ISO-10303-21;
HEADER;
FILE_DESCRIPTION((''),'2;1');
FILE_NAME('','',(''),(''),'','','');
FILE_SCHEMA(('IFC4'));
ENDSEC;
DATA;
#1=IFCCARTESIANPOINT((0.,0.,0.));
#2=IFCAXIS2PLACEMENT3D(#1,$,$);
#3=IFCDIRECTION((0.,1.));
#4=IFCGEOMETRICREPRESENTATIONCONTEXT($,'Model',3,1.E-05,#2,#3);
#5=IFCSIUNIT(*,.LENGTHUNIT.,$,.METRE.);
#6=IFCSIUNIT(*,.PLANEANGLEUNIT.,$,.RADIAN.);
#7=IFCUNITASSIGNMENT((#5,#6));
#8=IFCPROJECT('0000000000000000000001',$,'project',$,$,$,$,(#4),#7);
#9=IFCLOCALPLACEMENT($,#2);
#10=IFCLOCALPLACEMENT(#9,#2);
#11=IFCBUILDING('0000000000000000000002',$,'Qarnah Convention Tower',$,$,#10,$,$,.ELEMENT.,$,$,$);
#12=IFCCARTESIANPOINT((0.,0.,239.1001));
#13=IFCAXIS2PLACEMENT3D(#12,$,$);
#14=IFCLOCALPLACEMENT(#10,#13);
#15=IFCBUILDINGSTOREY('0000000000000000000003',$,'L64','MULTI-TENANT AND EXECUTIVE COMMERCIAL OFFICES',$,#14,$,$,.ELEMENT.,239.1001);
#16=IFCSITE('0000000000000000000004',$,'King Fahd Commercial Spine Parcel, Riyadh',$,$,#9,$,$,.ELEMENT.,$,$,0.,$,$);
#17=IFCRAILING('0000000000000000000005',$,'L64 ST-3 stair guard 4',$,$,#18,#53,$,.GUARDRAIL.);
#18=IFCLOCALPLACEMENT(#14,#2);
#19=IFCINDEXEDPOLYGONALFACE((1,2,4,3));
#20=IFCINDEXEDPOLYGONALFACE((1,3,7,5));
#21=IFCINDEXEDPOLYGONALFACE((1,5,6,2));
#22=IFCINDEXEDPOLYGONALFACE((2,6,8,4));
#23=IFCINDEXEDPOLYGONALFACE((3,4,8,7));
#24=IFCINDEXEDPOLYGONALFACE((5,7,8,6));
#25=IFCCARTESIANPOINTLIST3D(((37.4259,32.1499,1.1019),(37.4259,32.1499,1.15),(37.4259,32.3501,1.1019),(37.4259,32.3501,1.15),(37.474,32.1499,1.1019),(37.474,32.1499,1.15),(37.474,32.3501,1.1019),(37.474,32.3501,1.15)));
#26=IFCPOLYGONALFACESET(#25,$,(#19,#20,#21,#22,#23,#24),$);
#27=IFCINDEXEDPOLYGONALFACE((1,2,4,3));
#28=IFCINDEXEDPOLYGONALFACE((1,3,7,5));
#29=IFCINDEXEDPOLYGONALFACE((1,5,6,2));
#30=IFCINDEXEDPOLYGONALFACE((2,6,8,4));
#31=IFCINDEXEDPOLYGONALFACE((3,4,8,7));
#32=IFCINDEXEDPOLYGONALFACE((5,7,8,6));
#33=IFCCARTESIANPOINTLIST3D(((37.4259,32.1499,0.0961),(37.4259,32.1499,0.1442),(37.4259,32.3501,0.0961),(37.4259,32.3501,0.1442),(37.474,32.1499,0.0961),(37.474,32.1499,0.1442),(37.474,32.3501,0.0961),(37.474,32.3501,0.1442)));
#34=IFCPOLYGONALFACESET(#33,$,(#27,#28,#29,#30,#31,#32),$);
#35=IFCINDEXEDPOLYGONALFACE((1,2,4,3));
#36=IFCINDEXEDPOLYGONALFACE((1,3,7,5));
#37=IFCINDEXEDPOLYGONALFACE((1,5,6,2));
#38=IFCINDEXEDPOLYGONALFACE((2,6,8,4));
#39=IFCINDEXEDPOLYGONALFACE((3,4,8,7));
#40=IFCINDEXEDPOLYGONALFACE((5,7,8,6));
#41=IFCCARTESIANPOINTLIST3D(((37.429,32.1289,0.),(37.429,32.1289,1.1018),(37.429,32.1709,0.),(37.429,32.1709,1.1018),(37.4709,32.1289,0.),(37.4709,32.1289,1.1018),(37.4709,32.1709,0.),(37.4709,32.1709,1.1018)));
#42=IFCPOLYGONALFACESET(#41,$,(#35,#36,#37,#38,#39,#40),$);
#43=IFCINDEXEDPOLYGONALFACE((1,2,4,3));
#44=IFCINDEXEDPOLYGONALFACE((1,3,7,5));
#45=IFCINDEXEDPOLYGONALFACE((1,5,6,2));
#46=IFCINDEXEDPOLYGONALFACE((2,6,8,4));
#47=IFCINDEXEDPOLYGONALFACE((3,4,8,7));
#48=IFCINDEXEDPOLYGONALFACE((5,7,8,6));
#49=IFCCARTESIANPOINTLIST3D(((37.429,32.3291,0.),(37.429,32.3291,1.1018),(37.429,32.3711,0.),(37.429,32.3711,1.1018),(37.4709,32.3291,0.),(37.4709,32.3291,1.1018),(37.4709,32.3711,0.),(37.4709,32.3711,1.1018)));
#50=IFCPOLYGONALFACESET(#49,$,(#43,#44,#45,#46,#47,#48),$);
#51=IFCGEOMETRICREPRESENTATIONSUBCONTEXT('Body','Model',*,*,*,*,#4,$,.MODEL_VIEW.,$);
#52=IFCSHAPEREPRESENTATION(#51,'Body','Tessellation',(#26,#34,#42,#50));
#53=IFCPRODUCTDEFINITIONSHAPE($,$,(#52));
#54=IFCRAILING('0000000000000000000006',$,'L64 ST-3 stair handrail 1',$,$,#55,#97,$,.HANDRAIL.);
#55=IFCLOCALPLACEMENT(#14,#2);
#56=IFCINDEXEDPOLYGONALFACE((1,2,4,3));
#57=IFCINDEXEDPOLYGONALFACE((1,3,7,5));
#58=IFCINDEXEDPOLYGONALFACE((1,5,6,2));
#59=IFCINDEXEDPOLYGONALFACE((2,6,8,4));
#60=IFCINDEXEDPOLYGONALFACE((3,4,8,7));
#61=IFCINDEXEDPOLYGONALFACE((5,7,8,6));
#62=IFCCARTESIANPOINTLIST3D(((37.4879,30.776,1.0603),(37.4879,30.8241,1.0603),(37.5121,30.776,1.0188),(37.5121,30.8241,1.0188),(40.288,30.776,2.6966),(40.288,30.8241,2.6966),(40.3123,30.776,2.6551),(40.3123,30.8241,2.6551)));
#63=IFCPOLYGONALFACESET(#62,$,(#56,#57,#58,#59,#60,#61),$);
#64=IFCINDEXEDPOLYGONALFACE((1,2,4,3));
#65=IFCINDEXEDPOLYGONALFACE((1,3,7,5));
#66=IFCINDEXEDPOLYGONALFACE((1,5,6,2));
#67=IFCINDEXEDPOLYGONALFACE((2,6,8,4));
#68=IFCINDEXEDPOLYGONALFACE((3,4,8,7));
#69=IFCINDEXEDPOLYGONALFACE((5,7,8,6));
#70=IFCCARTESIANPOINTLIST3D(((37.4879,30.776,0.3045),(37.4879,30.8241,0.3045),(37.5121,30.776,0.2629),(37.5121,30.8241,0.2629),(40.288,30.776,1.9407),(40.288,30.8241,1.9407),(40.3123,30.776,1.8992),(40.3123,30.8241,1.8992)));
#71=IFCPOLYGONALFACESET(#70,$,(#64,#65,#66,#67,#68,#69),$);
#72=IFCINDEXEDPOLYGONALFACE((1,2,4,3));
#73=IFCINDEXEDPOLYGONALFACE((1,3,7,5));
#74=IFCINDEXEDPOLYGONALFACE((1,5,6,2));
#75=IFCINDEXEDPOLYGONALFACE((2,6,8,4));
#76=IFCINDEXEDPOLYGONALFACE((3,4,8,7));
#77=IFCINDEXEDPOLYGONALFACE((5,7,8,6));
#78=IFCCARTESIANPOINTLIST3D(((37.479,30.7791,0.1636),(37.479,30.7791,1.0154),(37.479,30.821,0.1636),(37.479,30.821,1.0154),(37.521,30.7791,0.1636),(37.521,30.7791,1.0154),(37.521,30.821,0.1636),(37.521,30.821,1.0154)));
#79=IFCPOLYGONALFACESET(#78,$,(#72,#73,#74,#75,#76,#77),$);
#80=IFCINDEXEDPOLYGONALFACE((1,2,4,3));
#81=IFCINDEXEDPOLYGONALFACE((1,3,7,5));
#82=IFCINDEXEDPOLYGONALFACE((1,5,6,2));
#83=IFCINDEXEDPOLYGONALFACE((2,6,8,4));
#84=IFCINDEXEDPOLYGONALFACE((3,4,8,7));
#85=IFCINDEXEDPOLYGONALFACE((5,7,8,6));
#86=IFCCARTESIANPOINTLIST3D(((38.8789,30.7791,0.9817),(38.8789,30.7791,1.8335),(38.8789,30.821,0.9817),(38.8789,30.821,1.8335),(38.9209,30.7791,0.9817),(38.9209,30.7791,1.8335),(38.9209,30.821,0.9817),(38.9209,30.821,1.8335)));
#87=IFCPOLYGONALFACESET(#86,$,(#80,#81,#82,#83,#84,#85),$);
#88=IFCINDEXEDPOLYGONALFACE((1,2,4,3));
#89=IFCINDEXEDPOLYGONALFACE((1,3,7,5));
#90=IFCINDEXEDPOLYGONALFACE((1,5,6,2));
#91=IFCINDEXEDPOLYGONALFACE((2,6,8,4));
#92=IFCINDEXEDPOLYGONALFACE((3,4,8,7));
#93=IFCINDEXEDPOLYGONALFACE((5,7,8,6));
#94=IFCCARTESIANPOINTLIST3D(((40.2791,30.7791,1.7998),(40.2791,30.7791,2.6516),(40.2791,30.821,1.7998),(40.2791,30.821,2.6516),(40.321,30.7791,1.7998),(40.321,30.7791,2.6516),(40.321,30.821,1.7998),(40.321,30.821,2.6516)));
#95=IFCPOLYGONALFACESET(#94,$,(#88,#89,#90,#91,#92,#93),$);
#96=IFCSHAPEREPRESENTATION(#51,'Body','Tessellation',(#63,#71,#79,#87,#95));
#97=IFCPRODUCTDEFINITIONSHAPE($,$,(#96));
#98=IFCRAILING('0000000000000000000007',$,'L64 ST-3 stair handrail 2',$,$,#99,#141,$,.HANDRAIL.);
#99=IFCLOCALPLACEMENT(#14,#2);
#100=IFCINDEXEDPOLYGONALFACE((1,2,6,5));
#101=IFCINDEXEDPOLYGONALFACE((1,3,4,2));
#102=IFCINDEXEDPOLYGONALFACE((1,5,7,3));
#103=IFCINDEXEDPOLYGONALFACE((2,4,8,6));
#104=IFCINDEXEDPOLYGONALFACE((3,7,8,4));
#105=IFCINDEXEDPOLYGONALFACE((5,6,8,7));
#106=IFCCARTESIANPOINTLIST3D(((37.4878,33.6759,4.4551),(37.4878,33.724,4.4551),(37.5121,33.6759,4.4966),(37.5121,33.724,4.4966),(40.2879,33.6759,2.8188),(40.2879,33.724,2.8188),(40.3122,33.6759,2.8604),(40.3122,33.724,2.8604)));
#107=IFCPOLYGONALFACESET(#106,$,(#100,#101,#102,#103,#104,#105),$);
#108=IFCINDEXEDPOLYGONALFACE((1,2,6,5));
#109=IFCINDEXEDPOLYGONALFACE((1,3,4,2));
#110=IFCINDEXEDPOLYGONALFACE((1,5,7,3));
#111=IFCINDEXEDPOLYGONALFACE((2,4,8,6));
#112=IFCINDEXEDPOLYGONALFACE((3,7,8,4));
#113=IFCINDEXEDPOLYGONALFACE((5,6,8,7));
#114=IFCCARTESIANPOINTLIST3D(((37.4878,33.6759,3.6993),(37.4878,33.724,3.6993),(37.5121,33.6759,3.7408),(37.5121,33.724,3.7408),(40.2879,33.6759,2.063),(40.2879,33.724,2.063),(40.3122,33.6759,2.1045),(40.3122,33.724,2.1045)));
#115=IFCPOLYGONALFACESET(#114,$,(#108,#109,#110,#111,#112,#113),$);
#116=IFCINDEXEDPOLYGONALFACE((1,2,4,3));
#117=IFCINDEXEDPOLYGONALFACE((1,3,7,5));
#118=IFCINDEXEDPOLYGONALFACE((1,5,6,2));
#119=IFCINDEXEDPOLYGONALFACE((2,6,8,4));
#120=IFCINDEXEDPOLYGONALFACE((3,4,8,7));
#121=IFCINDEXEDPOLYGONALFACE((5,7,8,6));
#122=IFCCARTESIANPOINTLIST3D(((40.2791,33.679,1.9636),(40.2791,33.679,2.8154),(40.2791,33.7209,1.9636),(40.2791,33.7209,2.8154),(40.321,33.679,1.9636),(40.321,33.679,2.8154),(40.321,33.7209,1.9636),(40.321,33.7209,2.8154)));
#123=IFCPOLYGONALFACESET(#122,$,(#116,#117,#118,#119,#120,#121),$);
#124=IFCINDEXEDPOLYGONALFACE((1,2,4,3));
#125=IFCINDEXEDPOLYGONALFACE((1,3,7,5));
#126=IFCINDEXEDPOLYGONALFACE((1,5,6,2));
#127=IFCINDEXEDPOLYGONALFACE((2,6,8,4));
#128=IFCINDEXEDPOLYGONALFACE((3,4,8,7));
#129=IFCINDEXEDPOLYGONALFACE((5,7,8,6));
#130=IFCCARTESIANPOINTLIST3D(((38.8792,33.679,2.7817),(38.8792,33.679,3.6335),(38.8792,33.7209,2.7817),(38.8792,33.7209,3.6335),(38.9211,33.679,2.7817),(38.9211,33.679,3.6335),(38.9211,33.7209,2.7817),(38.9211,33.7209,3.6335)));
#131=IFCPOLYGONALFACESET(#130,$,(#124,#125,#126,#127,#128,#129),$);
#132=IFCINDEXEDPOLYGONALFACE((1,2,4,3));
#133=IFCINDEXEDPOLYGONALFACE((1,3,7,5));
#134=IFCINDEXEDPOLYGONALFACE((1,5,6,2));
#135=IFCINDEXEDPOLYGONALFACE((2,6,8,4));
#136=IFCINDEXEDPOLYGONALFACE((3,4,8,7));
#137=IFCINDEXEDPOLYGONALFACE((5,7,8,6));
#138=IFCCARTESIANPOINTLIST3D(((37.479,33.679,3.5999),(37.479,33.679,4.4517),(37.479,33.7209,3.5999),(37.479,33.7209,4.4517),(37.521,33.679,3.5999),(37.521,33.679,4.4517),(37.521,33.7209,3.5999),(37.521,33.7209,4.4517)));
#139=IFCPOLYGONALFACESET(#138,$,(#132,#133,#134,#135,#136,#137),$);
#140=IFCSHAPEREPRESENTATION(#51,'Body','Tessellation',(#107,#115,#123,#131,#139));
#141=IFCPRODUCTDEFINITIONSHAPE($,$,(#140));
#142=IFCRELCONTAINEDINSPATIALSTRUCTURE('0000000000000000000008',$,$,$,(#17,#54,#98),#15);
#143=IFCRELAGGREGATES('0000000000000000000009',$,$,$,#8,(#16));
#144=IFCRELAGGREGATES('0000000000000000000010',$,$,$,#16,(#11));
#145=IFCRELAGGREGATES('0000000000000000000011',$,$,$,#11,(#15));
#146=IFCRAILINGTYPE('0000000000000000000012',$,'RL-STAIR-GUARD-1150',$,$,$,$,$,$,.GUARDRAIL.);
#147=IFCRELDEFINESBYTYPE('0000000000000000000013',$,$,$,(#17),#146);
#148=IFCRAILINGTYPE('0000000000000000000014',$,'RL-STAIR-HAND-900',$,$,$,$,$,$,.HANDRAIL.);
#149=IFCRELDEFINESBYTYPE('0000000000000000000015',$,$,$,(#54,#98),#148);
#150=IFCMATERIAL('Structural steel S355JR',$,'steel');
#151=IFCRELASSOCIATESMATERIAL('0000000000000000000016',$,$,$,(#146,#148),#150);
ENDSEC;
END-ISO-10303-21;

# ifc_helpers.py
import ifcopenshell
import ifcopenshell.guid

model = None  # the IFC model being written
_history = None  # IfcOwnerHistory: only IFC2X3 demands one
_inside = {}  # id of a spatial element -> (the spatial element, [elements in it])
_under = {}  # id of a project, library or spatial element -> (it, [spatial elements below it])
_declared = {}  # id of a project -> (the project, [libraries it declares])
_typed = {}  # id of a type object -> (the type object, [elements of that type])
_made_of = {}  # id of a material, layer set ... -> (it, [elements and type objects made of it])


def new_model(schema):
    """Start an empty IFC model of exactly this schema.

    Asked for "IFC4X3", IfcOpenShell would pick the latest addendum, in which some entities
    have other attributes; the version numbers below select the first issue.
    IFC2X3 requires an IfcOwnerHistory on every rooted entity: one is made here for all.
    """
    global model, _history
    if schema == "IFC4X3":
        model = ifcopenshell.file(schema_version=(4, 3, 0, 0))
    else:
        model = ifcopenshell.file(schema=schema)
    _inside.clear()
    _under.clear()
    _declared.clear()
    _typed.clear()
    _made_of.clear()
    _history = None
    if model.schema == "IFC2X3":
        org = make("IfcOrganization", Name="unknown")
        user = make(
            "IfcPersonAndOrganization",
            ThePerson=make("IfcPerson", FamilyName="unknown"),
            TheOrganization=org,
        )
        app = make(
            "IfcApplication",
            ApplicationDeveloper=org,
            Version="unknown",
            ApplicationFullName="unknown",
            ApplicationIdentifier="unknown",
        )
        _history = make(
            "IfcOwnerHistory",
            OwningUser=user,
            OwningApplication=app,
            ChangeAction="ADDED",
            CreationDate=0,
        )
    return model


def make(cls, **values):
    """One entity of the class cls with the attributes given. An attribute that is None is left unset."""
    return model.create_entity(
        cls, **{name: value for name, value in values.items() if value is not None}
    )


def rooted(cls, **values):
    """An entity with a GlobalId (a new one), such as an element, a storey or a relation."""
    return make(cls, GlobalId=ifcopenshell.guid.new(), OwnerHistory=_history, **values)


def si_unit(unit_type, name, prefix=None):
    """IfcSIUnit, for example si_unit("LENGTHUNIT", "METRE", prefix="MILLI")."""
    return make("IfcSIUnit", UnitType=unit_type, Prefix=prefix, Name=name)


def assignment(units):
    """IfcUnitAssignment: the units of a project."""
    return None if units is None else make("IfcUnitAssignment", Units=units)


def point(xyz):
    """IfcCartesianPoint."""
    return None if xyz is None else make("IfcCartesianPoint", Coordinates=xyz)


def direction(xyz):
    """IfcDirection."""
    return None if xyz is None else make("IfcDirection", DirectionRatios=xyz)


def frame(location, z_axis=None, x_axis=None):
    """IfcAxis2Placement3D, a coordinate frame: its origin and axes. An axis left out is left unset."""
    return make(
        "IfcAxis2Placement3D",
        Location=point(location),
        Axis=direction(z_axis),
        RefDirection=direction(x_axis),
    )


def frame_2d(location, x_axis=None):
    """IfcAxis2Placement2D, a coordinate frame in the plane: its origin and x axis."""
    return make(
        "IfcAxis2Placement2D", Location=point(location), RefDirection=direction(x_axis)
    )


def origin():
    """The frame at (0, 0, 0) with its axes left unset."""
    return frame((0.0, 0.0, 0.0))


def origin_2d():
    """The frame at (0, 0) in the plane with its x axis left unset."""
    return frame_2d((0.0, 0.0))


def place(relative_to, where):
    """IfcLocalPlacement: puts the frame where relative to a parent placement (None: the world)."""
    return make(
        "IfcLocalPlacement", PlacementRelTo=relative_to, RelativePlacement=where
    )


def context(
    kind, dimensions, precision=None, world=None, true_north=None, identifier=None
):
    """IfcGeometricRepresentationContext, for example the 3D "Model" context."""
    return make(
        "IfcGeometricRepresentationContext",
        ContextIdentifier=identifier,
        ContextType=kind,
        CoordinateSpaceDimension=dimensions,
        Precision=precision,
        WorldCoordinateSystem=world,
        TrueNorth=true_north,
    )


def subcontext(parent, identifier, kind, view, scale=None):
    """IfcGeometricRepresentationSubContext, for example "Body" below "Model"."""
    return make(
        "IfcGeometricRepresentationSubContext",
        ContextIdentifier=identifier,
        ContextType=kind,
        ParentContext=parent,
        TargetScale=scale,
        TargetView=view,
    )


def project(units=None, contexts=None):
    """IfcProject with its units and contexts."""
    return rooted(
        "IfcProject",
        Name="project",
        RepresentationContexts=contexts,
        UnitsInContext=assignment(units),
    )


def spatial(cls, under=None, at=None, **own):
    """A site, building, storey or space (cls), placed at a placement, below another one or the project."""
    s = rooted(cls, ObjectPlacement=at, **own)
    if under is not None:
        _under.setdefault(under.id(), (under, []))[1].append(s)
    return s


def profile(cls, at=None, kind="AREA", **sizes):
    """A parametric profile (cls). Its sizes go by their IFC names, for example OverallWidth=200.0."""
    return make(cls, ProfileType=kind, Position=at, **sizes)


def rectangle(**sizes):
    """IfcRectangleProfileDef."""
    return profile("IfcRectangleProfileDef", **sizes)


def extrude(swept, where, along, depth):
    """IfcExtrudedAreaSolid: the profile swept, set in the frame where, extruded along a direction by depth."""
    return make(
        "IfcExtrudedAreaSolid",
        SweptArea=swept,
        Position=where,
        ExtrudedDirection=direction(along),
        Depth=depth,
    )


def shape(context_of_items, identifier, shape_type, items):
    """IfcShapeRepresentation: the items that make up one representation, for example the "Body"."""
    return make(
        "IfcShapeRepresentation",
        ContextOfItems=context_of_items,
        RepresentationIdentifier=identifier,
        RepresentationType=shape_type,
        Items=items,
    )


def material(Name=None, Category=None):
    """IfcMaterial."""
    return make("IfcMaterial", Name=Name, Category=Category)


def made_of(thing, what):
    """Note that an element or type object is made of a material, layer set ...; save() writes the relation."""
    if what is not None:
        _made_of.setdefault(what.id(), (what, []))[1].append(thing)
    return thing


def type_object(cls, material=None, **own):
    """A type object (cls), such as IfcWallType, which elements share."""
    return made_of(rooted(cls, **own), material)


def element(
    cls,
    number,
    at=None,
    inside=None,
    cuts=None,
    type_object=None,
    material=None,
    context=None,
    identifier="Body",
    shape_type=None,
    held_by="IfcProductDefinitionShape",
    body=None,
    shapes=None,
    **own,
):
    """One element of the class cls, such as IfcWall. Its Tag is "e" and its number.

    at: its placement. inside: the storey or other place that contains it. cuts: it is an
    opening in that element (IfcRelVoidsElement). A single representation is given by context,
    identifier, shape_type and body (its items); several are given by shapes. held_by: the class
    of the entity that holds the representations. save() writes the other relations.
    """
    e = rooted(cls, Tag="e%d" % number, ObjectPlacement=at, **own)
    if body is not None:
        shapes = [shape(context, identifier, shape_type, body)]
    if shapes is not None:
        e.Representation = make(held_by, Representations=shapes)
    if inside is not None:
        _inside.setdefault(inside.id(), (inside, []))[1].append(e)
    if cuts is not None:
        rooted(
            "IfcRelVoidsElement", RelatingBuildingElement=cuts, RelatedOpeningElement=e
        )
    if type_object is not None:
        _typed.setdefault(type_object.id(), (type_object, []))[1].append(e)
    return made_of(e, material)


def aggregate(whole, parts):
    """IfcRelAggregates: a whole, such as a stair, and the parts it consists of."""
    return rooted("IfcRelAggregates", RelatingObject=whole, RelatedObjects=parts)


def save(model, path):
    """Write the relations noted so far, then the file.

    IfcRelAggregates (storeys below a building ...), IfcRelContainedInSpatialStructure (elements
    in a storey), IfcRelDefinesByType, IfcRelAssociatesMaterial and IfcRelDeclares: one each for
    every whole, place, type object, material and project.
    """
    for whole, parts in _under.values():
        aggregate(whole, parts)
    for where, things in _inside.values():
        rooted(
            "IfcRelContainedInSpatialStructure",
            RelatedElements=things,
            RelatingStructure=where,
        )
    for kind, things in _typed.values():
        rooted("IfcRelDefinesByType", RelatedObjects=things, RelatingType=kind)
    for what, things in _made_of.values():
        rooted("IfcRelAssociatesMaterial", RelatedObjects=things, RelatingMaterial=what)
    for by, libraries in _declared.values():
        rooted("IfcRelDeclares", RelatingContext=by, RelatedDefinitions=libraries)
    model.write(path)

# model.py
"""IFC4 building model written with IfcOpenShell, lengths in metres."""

from ifc_helpers import new_model, si_unit, direction, frame, origin, origin_2d, place, context, subcontext, project, spatial, rectangle, extrude, material, type_object, element, save


model = new_model("IFC4")

# Units and contexts
model_context = context("Model", 3, precision=1e-05, world=origin(), true_north=direction((0.0, 1.0)))
body_context = subcontext(model_context, "Body", "Model", "MODEL_VIEW")
ifc_project = project(units=[si_unit("LENGTHUNIT", "METRE"), si_unit("PLANEANGLEUNIT", "RADIAN")], contexts=[model_context])

# Site, building, storey
site_placement = place(None, origin())
site = spatial("IfcSite", under=ifc_project, at=site_placement, Name="King Fahd Commercial Spine Parcel, Riyadh", CompositionType="ELEMENT", RefElevation=0.0)
building_placement = place(site_placement, origin())
building = spatial("IfcBuilding", under=site, at=building_placement, Name="Qarnah Convention Tower", CompositionType="ELEMENT")
storey_placement = place(building_placement, frame((0.0, 0.0, 239.1001)))
storey = spatial("IfcBuildingStorey", under=building, at=storey_placement, Name="L64", Description="MULTI-TENANT AND EXECUTIVE COMMERCIAL OFFICES", CompositionType="ELEMENT", Elevation=239.1001)

# Shared definitions
ifc_material_1 = material(Name="Structural steel S355JR", Category="steel")

# Railings
railing_type_1 = type_object("IfcRailingType", Name="RL-STAIR-GUARD-1150", PredefinedType="GUARDRAIL", material=ifc_material_1)
railing_1_placement = place(storey_placement, frame((37.45, 32.1499, 0.0)))
element("IfcRailing", 1, at=railing_1_placement, inside=storey, type_object=railing_type_1, Name="L64 ST-3 stair guard 4", PredefinedType="GUARDRAIL", context=body_context, shape_type="SweptSolid", body=[
    extrude(rectangle(XDim=0.0481, YDim=0.0481, at=origin_2d()), frame((0.0, 0.0, 1.126), z_axis=(0.0, 1.0, 0.0), x_axis=(-1.0, 0.0, 0.0)), (0.0, 0.0, 1.0), 0.2002),
    extrude(rectangle(XDim=0.0481, YDim=0.0481, at=origin_2d()), frame((0.0, 0.0, 0.1201), z_axis=(0.0, 1.0, 0.0), x_axis=(-1.0, 0.0, 0.0)), (0.0, 0.0, 1.0), 0.2002),
    extrude(rectangle(XDim=0.042, YDim=0.042, at=origin_2d()), origin(), (0.0, 0.0, 1.0), 1.1018),
    extrude(rectangle(XDim=0.042, YDim=0.042, at=origin_2d()), frame((0.0, 0.2002, 0.0)), (0.0, 0.0, 1.0), 1.1018),
])
railing_type_2 = type_object("IfcRailingType", Name="RL-STAIR-HAND-900", PredefinedType="HANDRAIL", material=ifc_material_1)
railing_2_placement = place(storey_placement, frame((37.5, 30.8, 0.1636)))
element("IfcRailing", 2, at=railing_2_placement, inside=storey, type_object=railing_type_2, Name="L64 ST-3 stair handrail 1", PredefinedType="HANDRAIL", context=body_context, shape_type="SweptSolid", body=[
    extrude(rectangle(XDim=0.0481, YDim=0.0481, at=origin_2d()), frame((0.0, 0.0, 0.876), z_axis=(0.863394, 0.0, 0.504531), x_axis=(0.0, 1.0, 0.0)), (0.0, 0.0, 1.0), 3.2432),
    extrude(rectangle(XDim=0.0481, YDim=0.0481, at=origin_2d()), frame((0.0, 0.0, 0.1201), z_axis=(0.863394, 0.0, 0.504531), x_axis=(0.0, 1.0, 0.0)), (0.0, 0.0, 1.0), 3.2432),
    extrude(rectangle(XDim=0.042, YDim=0.042, at=origin_2d()), origin(), (0.0, 0.0, 1.0), 0.8518),
    extrude(rectangle(XDim=0.042, YDim=0.042, at=origin_2d()), frame((1.3999, 0.0, 0.8181)), (0.0, 0.0, 1.0), 0.8518),
    extrude(rectangle(XDim=0.042, YDim=0.042, at=origin_2d()), frame((2.8, 0.0, 1.6362)), (0.0, 0.0, 1.0), 0.8518),
])
railing_3_placement = place(storey_placement, frame((40.3, 33.7, 1.9636)))
element("IfcRailing", 3, at=railing_3_placement, inside=storey, type_object=railing_type_2, Name="L64 ST-3 stair handrail 2", PredefinedType="HANDRAIL", context=body_context, shape_type="SweptSolid", body=[
    extrude(rectangle(XDim=0.0481, YDim=0.0481, at=origin_2d()), frame((0.0, 0.0, 0.876), z_axis=(-0.863394, 0.0, 0.504531), x_axis=(0.0, -1.0, 0.0)), (0.0, 0.0, 1.0), 3.2432),
    extrude(rectangle(XDim=0.0481, YDim=0.0481, at=origin_2d()), frame((0.0, 0.0, 0.1201), z_axis=(-0.863394, 0.0, 0.504531), x_axis=(0.0, -1.0, 0.0)), (0.0, 0.0, 1.0), 3.2432),
    extrude(rectangle(XDim=0.042, YDim=0.042, at=origin_2d()), origin(), (0.0, 0.0, 1.0), 0.8518),
    extrude(rectangle(XDim=0.042, YDim=0.042, at=origin_2d()), frame((-1.3999, 0.0, 0.8181)), (0.0, 0.0, 1.0), 0.8518),
    extrude(rectangle(XDim=0.042, YDim=0.042, at=origin_2d()), frame((-2.8, 0.0, 1.6362)), (0.0, 0.0, 1.0), 0.8518),
])

save(model, "model.ifc")
